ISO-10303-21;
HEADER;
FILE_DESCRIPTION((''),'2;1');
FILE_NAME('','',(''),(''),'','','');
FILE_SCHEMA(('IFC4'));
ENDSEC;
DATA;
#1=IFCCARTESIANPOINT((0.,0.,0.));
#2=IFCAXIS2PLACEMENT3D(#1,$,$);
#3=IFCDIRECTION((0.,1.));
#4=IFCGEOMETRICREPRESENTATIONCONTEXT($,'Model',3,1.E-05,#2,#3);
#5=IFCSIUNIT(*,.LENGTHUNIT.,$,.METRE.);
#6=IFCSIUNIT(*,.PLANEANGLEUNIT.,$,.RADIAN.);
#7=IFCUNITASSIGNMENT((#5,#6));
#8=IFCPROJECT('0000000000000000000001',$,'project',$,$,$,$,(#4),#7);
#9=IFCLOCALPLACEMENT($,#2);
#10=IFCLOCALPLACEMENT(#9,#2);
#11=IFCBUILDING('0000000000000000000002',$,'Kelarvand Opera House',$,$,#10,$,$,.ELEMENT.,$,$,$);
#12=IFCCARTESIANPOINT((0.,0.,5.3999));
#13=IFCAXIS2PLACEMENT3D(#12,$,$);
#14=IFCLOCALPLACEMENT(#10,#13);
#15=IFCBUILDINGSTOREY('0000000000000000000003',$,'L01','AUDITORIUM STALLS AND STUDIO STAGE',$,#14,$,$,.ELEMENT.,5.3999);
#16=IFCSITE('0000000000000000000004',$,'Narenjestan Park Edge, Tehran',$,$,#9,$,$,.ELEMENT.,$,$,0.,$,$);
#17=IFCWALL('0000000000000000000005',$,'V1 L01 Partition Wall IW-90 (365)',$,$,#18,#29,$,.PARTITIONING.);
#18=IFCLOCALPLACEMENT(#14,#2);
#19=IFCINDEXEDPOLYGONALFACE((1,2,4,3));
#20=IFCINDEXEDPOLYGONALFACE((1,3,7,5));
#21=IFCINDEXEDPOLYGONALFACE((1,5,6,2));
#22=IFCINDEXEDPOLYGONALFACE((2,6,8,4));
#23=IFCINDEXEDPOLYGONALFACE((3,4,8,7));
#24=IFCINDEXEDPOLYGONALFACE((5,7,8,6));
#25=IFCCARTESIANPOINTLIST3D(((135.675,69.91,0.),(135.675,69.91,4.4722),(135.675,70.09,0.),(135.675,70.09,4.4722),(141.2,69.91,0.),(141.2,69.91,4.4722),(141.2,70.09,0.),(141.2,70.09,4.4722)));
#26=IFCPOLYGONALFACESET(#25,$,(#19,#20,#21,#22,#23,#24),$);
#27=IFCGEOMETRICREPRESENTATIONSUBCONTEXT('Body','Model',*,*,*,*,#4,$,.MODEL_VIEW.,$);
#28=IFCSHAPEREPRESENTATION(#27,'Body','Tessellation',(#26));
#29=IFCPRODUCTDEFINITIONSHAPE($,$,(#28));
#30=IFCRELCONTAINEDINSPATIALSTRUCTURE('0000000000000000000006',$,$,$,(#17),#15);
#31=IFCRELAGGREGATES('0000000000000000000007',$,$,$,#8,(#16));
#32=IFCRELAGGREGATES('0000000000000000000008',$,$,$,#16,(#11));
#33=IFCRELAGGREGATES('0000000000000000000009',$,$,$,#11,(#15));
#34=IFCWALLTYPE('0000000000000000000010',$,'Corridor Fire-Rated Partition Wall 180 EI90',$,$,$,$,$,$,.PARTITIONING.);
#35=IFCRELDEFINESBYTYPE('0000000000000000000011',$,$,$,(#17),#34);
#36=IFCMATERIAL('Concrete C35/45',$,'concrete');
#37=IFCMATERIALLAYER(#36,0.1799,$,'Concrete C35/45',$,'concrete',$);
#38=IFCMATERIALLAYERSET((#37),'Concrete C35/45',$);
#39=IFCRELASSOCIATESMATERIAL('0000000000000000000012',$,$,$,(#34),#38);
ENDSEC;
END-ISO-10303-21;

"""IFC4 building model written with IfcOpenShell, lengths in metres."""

from ifc_helpers import new_model, si_unit, direction, frame, frame_2d, origin, place, context, subcontext, project, spatial, rectangle, extrude, material, layer, layer_set, type_object, element, save


model = new_model("IFC4")

# Units and contexts
model_context = context("Model", 3, precision=1e-05, world=origin(), true_north=direction((0.0, 1.0)))
body_context = subcontext(model_context, "Body", "Model", "MODEL_VIEW")
ifc_project = project(units=[si_unit("LENGTHUNIT", "METRE"), si_unit("PLANEANGLEUNIT", "RADIAN")], contexts=[model_context])

# Site, building, storey
site_placement = place(None, origin())
site = spatial("IfcSite", under=ifc_project, at=site_placement, Name="Narenjestan Park Edge, Tehran", CompositionType="ELEMENT", RefElevation=0.0)
building_placement = place(site_placement, origin())
building = spatial("IfcBuilding", under=site, at=building_placement, Name="Kelarvand Opera House", CompositionType="ELEMENT")
storey_placement = place(building_placement, frame((0.0, 0.0, 5.3999)))
storey = spatial("IfcBuildingStorey", under=building, at=storey_placement, Name="L01", Description="AUDITORIUM STALLS AND STUDIO STAGE", CompositionType="ELEMENT", Elevation=5.3999)

# Wall
ifc_material_1 = material(Name="Concrete C35/45", Category="concrete")
ifc_layer_1 = layer(ifc_material_1, 0.1799, Name="Concrete C35/45", Category="concrete")
ifc_layer_set_1 = layer_set([ifc_layer_1], Name="Concrete C35/45")
wall_type = type_object("IfcWallType", Name="Corridor Fire-Rated Partition Wall 180 EI90", PredefinedType="PARTITIONING", material=ifc_layer_set_1)
wall_placement = place(storey_placement, frame((135.675, 70.0, 0.0), z_axis=(0.0, 0.0, 1.0), x_axis=(1.0, 0.0, 0.0)))
element("IfcWall", 1, at=wall_placement, inside=storey, type_object=wall_type, Name="V1 L01 Partition Wall IW-90 (365)", PredefinedType="PARTITIONING", context=body_context, shape_type="SweptSolid", body=[
    extrude(rectangle(XDim=5.5249, YDim=0.1799, at=frame_2d((2.7625, 0.0))), origin(), (0.0, 0.0, 1.0), 4.4722),
])

save(model, "model.ifc")
